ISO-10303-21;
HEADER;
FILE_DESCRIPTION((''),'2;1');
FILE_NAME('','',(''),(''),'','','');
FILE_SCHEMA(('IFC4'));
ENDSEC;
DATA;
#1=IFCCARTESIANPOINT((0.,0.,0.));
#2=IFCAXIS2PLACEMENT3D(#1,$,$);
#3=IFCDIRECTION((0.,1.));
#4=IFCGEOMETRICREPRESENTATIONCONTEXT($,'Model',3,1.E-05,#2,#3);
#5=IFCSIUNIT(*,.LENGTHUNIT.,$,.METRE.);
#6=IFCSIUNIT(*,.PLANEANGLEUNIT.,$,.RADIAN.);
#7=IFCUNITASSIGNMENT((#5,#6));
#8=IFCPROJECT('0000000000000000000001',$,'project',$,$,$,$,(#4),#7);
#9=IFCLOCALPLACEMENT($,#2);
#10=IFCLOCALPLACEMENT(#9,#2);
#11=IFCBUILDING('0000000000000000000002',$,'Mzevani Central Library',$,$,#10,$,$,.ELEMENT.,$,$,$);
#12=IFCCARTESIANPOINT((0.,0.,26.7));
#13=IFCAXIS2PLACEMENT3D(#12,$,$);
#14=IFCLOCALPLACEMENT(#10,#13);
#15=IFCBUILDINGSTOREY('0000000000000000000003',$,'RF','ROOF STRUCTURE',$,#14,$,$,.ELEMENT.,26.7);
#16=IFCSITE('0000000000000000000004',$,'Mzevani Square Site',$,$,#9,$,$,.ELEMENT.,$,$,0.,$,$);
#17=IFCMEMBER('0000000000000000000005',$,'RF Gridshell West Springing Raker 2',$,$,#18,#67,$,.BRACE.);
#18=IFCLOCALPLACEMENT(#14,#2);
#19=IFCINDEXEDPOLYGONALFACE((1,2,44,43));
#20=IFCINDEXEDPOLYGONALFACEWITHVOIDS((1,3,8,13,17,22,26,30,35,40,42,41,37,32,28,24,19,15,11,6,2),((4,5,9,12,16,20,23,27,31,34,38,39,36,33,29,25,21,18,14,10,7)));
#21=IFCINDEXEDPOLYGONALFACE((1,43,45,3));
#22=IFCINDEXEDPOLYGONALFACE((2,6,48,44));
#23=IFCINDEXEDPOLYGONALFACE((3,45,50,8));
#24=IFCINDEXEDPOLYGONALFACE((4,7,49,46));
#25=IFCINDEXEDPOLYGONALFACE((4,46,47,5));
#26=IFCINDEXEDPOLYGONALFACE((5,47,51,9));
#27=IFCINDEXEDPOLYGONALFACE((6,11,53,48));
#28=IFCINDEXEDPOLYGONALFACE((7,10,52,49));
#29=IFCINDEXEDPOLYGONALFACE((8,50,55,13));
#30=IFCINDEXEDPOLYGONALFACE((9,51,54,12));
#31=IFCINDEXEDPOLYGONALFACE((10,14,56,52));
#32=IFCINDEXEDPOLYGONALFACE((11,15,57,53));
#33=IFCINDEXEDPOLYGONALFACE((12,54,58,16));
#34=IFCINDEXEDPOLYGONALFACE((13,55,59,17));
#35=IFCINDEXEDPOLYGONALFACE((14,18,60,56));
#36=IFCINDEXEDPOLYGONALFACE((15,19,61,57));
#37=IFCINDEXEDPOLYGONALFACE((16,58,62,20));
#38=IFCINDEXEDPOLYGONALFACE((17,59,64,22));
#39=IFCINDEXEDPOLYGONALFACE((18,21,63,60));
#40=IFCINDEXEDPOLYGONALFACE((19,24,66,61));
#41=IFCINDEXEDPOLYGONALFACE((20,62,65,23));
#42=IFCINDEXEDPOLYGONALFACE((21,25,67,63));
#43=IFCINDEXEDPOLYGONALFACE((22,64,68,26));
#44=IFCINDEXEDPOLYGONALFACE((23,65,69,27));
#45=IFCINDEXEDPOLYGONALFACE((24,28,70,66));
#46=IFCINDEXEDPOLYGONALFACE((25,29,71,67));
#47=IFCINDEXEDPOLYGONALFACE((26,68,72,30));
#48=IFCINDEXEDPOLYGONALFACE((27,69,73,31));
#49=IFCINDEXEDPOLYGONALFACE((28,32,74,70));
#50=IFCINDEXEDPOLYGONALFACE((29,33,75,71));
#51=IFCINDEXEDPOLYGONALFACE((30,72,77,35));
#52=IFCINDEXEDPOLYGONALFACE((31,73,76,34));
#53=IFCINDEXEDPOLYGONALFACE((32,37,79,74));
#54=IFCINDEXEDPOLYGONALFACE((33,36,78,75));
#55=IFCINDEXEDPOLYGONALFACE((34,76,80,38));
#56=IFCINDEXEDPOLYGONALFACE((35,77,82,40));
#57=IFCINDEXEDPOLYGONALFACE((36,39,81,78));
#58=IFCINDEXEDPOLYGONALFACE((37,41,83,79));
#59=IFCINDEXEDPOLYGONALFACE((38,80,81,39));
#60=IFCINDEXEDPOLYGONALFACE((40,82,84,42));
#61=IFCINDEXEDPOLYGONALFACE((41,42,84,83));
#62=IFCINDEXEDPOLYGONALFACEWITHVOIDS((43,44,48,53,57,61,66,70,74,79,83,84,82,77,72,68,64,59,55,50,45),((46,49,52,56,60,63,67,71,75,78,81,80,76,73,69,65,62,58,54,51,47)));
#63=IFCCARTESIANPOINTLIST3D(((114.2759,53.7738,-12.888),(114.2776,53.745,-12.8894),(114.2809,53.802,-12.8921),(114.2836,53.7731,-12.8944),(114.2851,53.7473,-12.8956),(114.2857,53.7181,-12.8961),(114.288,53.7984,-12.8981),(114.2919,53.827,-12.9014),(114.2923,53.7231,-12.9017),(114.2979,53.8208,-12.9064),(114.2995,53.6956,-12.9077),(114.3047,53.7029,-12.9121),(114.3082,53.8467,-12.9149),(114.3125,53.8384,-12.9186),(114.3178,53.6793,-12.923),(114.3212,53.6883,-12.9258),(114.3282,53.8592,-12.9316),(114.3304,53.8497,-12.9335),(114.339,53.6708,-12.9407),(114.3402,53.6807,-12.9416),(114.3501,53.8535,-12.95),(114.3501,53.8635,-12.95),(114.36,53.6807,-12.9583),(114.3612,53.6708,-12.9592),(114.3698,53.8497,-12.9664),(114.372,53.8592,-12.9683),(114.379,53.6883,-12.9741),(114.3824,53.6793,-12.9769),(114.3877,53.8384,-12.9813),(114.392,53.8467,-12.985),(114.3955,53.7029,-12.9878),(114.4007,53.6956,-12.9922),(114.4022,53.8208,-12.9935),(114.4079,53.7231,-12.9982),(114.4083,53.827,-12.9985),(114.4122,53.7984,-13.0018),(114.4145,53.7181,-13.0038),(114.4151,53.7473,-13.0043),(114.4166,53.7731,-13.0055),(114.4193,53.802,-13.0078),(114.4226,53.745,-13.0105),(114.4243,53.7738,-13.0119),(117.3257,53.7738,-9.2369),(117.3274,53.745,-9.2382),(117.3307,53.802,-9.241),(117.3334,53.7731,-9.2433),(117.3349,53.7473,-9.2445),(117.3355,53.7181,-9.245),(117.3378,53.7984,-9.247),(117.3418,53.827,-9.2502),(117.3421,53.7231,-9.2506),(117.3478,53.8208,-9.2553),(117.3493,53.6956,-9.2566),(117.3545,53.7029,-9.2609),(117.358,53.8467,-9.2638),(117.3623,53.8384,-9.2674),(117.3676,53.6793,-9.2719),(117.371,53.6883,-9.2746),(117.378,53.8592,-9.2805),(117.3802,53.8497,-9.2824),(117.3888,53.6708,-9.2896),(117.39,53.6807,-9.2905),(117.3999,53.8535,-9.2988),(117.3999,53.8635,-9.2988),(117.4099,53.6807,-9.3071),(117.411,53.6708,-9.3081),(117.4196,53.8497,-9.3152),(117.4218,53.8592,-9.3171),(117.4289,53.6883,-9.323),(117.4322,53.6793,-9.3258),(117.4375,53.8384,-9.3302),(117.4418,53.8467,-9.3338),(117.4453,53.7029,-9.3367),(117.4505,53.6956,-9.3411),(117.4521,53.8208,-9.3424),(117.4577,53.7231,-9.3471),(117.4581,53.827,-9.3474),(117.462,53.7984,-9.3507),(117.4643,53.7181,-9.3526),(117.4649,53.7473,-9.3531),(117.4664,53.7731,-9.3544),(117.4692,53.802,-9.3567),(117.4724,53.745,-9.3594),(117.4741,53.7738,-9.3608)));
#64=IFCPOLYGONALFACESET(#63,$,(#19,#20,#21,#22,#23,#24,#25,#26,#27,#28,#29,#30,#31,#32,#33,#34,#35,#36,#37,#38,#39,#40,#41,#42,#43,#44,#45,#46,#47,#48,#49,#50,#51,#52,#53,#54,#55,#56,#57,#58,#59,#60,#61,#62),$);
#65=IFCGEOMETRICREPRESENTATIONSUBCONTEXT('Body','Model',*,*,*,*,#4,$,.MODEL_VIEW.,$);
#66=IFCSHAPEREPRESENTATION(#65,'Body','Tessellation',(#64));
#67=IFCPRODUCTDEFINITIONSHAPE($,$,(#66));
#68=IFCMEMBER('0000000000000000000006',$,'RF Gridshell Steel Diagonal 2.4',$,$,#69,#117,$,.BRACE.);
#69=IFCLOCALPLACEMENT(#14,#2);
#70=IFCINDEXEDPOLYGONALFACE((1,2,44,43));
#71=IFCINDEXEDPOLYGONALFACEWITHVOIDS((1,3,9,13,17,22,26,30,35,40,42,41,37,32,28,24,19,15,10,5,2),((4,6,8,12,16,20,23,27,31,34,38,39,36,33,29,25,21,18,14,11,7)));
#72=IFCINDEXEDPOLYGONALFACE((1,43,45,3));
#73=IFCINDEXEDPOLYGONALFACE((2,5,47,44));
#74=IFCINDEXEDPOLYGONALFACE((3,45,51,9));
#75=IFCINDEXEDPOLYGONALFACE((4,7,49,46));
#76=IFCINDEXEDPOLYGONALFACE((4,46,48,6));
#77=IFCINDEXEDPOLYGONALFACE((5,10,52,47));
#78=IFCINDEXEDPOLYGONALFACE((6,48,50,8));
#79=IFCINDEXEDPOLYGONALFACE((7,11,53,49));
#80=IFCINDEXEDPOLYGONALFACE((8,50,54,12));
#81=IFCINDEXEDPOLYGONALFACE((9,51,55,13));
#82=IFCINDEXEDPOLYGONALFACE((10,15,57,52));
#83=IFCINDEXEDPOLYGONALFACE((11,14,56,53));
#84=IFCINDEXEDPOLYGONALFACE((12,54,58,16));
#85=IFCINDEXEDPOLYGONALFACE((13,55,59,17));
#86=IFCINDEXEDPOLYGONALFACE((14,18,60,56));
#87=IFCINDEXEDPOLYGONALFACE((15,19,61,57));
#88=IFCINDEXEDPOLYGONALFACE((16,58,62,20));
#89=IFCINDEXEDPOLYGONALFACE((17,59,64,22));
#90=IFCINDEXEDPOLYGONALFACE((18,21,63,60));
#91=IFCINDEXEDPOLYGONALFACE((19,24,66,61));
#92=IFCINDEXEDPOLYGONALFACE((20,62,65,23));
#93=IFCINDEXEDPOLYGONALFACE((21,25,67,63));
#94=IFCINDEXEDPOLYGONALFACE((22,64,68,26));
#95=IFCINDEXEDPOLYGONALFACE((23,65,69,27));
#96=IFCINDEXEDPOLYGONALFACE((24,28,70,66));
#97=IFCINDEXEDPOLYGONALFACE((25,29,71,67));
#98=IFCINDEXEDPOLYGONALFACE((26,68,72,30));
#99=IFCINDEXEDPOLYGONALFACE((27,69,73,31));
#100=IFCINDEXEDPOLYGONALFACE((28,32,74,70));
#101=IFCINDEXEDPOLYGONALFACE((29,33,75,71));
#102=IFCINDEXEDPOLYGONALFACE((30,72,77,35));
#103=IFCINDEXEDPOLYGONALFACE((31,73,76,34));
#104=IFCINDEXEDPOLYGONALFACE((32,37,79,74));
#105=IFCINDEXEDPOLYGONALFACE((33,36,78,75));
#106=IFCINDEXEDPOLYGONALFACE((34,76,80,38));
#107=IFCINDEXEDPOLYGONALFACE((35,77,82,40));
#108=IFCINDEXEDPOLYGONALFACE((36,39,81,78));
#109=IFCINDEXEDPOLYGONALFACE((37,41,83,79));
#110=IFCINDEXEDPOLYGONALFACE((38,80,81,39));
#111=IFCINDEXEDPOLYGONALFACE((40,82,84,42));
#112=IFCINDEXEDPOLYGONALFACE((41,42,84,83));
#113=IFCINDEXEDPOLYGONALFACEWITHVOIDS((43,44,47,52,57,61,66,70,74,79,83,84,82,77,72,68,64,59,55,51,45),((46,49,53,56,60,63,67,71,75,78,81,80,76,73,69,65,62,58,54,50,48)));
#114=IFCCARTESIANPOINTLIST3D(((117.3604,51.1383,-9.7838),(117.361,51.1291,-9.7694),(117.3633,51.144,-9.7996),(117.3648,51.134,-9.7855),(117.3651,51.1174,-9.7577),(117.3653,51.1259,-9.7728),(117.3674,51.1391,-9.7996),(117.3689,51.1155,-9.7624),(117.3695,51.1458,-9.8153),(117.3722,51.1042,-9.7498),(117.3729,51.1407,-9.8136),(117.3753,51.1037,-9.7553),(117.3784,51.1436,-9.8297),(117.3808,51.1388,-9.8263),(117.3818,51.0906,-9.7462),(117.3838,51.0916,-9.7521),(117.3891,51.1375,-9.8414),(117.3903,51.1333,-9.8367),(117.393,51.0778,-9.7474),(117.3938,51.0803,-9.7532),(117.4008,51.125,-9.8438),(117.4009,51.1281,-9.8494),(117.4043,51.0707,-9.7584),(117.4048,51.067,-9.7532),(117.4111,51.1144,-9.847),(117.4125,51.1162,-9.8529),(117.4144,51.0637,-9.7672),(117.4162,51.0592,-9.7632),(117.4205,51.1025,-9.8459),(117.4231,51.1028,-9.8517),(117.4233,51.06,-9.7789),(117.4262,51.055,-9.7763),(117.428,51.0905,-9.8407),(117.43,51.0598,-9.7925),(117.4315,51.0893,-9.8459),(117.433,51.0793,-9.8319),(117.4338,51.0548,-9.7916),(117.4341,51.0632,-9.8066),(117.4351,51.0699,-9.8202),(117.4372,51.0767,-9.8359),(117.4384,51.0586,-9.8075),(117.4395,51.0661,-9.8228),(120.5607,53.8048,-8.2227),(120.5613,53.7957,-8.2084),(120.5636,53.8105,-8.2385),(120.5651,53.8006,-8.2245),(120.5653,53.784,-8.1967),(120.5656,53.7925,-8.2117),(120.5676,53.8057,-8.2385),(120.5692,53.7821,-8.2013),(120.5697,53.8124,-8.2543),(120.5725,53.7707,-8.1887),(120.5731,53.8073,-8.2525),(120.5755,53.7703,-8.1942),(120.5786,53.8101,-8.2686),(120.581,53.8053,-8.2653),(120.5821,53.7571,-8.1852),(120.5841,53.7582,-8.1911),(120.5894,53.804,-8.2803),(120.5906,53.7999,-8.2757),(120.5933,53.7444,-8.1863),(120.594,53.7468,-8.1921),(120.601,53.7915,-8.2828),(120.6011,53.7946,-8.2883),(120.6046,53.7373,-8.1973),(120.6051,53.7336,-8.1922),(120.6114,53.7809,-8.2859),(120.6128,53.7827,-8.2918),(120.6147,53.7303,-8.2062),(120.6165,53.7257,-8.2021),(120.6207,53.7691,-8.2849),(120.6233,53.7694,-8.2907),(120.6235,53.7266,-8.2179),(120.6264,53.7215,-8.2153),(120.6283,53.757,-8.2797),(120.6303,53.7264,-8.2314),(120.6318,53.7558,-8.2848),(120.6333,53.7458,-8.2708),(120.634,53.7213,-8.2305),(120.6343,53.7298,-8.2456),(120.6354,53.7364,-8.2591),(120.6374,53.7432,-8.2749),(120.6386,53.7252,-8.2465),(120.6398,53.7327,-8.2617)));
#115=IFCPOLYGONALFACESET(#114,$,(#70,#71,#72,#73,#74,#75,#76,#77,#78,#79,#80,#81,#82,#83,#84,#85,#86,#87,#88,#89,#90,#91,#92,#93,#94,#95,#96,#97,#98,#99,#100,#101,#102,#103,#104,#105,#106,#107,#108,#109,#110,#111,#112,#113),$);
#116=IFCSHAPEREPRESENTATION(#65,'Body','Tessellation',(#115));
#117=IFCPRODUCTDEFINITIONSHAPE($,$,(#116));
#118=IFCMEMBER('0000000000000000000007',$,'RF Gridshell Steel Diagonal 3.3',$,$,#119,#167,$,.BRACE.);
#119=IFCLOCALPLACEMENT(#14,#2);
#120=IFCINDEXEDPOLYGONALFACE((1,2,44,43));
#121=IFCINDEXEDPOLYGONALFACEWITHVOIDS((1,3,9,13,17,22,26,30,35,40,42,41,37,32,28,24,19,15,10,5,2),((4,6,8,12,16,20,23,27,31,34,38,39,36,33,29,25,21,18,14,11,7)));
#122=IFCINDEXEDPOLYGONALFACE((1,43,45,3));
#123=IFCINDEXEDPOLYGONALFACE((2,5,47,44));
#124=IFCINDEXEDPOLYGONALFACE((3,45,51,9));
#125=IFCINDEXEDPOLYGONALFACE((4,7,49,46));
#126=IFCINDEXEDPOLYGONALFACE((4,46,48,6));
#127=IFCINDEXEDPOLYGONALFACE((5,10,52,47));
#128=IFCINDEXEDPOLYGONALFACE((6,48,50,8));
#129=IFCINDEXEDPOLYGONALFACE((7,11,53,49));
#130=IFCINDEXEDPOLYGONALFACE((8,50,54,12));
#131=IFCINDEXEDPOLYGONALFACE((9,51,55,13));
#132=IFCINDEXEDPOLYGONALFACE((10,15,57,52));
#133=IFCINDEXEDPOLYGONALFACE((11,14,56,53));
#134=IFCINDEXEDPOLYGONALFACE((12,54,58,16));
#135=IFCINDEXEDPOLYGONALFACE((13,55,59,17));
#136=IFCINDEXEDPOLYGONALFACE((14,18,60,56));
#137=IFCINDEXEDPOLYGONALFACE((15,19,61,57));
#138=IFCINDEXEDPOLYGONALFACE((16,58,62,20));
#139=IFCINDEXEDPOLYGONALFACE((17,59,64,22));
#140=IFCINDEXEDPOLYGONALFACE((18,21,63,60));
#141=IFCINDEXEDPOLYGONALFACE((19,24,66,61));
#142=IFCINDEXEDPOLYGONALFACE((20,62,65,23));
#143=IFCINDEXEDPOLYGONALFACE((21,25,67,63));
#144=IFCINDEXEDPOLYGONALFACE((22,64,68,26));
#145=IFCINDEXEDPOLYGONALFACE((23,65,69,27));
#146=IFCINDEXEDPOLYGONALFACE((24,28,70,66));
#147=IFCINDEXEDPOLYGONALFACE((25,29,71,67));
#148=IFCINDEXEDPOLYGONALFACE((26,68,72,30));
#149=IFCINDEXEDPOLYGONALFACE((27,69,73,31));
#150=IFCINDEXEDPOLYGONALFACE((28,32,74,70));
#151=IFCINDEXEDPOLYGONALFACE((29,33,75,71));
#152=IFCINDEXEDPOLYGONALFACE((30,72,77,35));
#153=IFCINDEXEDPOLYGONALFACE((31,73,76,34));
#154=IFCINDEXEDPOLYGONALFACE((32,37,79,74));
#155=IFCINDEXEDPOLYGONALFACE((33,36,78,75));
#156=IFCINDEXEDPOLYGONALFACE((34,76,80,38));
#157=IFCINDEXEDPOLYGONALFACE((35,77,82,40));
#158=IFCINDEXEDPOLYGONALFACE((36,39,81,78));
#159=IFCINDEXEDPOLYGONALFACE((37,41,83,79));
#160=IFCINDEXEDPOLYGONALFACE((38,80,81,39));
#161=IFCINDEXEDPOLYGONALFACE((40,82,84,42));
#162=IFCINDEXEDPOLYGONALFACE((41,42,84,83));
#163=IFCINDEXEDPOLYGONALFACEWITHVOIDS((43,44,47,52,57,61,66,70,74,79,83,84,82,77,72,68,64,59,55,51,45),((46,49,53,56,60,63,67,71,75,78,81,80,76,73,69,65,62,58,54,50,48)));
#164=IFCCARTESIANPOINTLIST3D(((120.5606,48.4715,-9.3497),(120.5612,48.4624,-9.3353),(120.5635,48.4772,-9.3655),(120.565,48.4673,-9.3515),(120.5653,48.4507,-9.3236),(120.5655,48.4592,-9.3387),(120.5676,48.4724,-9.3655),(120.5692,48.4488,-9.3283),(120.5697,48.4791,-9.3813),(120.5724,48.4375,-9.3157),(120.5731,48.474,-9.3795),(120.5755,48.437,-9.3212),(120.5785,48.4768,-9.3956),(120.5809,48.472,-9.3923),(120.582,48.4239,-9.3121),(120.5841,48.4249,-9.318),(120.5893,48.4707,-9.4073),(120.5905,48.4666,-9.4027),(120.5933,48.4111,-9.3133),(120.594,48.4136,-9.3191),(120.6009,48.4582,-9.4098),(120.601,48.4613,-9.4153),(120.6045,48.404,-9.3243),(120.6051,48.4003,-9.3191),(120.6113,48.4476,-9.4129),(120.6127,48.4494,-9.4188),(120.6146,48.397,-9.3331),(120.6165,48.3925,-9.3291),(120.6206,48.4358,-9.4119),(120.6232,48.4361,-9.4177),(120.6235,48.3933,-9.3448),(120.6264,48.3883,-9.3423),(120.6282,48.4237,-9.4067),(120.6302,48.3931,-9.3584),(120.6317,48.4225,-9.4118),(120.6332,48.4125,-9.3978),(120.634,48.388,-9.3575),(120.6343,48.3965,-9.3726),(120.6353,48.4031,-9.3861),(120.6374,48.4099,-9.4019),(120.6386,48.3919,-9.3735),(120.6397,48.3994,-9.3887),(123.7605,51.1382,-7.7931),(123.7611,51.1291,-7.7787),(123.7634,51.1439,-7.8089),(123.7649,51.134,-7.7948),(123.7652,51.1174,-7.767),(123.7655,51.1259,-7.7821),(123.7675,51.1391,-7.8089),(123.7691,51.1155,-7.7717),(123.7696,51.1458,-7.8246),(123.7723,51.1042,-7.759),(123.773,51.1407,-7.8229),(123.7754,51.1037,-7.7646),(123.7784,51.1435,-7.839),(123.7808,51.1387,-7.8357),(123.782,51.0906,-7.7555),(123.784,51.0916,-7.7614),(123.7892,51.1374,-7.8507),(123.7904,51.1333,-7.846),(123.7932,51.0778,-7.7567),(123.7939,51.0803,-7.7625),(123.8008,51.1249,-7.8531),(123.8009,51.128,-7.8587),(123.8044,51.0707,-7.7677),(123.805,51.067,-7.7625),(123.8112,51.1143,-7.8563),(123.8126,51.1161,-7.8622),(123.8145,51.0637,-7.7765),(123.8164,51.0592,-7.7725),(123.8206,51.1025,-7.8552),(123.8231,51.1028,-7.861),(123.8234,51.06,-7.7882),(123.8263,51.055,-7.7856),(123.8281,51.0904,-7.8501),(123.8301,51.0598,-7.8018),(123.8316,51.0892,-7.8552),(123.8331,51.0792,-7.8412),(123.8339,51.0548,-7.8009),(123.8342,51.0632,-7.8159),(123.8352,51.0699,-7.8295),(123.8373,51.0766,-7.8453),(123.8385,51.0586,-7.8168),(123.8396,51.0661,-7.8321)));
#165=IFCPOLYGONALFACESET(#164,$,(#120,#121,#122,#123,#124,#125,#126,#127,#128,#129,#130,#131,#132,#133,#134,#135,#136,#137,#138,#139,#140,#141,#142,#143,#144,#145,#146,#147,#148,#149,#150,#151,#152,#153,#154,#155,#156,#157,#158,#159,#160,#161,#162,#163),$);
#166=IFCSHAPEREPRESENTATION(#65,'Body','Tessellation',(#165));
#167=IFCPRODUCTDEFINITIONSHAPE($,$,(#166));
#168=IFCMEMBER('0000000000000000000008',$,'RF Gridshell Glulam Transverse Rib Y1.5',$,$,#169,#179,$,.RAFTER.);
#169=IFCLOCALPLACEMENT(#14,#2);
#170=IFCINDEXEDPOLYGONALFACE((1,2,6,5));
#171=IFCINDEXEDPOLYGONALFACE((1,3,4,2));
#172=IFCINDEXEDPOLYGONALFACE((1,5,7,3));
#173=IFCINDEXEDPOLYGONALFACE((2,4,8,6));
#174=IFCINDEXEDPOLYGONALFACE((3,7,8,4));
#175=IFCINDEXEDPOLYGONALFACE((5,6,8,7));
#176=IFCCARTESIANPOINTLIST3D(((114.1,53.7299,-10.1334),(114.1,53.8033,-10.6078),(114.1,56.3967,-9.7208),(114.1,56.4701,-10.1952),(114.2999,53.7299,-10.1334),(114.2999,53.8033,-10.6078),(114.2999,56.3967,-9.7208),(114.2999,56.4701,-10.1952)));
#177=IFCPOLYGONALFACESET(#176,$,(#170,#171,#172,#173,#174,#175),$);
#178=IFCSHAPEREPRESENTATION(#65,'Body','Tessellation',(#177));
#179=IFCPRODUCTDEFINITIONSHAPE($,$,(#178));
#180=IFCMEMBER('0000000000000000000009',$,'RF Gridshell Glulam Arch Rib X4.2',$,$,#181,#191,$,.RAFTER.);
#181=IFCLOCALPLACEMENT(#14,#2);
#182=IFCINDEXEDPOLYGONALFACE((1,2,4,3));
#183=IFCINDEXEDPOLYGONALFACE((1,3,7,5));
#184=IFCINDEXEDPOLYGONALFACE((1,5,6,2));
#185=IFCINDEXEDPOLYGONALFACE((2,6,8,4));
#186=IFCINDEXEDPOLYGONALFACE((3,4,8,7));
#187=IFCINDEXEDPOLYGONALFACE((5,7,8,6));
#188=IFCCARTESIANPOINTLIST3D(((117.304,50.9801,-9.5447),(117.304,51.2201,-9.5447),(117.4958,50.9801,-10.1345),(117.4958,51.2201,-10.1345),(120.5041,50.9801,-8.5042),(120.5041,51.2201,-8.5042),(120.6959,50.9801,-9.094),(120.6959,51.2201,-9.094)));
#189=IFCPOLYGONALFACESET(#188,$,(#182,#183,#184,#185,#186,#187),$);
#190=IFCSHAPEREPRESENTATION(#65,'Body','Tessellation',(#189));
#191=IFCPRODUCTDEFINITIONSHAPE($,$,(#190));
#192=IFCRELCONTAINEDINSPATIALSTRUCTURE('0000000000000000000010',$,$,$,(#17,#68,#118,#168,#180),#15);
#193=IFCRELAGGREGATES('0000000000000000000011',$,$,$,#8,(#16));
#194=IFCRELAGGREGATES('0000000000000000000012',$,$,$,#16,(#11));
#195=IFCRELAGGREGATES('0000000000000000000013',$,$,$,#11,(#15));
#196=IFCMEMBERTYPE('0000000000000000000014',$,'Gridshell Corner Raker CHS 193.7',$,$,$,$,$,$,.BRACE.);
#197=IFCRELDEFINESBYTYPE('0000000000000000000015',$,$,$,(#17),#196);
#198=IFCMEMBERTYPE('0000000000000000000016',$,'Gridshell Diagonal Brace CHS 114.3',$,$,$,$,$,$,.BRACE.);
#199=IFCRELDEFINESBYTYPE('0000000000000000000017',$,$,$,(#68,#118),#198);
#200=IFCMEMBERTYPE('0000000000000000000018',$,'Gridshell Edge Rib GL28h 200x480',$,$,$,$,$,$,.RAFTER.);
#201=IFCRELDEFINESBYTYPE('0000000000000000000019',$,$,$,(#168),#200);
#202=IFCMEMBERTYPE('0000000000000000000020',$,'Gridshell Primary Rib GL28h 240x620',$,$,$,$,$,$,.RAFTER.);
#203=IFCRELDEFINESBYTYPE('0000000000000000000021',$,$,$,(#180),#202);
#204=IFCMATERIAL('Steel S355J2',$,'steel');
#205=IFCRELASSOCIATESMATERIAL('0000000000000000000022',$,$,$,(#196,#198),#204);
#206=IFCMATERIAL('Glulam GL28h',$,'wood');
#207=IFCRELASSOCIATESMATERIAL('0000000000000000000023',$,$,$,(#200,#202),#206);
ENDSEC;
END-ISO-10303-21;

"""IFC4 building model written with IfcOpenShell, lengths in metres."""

from ifc_helpers import new_model, si_unit, direction, frame, origin, origin_2d, place, context, subcontext, project, spatial, rectangle, hollow_circle, extrude, material, material_profile, profile_set, type_object, element, save


model = new_model("IFC4")

# Units and contexts
model_context = context("Model", 3, precision=1e-05, world=origin(), true_north=direction((0.0, 1.0)))
body_context = subcontext(model_context, "Body", "Model", "MODEL_VIEW")
ifc_project = project(units=[si_unit("LENGTHUNIT", "METRE"), si_unit("PLANEANGLEUNIT", "RADIAN")], contexts=[model_context])

# Site, building, storey
site_placement = place(None, origin())
site = spatial("IfcSite", under=ifc_project, at=site_placement, Name="Mzevani Square Site", CompositionType="ELEMENT", RefElevation=0.0)
building_placement = place(site_placement, origin())
building = spatial("IfcBuilding", under=site, at=building_placement, Name="Mzevani Central Library", CompositionType="ELEMENT")
storey_placement = place(building_placement, frame((0.0, 0.0, 26.7)))
storey = spatial("IfcBuildingStorey", under=building, at=storey_placement, Name="RF", Description="ROOF STRUCTURE", CompositionType="ELEMENT", Elevation=26.7)

# Members
ifc_material_1 = material(Name="Steel S355J2", Category="steel")
ifc_material_profile_1 = material_profile(ifc_material_1, hollow_circle(Radius=0.0969, WallThickness=0.01, at=origin_2d()), Name="CHS 193.7x10.0")
ifc_profile_set_1 = profile_set([ifc_material_profile_1], Name="Steel S355J2")
member_type_1 = type_object("IfcMemberType", Name="Gridshell Corner Raker CHS 193.7", PredefinedType="BRACE", material=ifc_profile_set_1)
member_1_placement = place(storey_placement, frame((114.3501, 53.7666, -12.95), z_axis=(0.641077, 0.0, 0.767476), x_axis=(0.0, 1.0, 0.0)))
element("IfcMember", 1, at=member_1_placement, inside=storey, type_object=member_type_1, Name="RF Gridshell West Springing Raker 2", PredefinedType="BRACE", context=body_context, shape_type="SweptSolid", body=[
    extrude(hollow_circle(Radius=0.0969, WallThickness=0.01, at=origin_2d()), origin(), (0.0, 0.0, 1.0), 4.7573),
])
ifc_material_profile_2 = material_profile(ifc_material_1, hollow_circle(Radius=0.0571, WallThickness=0.0063, at=origin_2d()), Name="CHS 114.3x6.3")
ifc_profile_set_2 = profile_set([ifc_material_profile_2], Name="Steel S355J2")
member_type_2 = type_object("IfcMemberType", Name="Gridshell Diagonal Brace CHS 114.3", PredefinedType="BRACE", material=ifc_profile_set_2)
member_2_placement = place(storey_placement, frame((117.3999, 51.1001, -9.7996), z_axis=(0.719403, 0.599429, 0.35092), x_axis=(-0.640138, 0.76826, 0.0)))
element("IfcMember", 2, at=member_2_placement, inside=storey, type_object=member_type_2, Name="RF Gridshell Steel Diagonal 2.4", PredefinedType="BRACE", context=body_context, shape_type="SweptSolid", body=[
    extrude(hollow_circle(Radius=0.0571, WallThickness=0.0063, at=origin_2d()), origin(), (0.0, 0.0, 1.0), 4.4485),
])
member_3_placement = place(storey_placement, frame((120.6001, 48.4333, -9.3655), z_axis=(0.719602, 0.599695, 0.350056), x_axis=(-0.640202, 0.768207, 0.0)))
element("IfcMember", 3, at=member_3_placement, inside=storey, type_object=member_type_2, Name="RF Gridshell Steel Diagonal 3.3", PredefinedType="BRACE", context=body_context, shape_type="SweptSolid", body=[
    extrude(hollow_circle(Radius=0.0571, WallThickness=0.0063, at=origin_2d()), origin(), (0.0, 0.0, 1.0), 4.4468),
])
ifc_material_2 = material(Name="Glulam GL28h", Category="wood")
ifc_material_profile_3 = material_profile(ifc_material_2, rectangle(XDim=0.2, YDim=0.48, at=origin_2d()), Name="GL28h 200x480")
ifc_profile_set_3 = profile_set([ifc_material_profile_3], Name="Glulam GL28h")
member_type_3 = type_object("IfcMemberType", Name="Gridshell Edge Rib GL28h 200x480", PredefinedType="RAFTER", material=ifc_profile_set_3)
member_4_placement = place(storey_placement, frame((114.2, 53.7666, -10.3706), z_axis=(0.0, 0.988242, 0.1529), x_axis=(-1.0, 0.0, 0.0)))
element("IfcMember", 4, at=member_4_placement, inside=storey, type_object=member_type_3, Name="RF Gridshell Glulam Transverse Rib Y1.5", PredefinedType="RAFTER", context=body_context, shape_type="SweptSolid", body=[
    extrude(rectangle(XDim=0.2, YDim=0.48, at=origin_2d()), origin(), (0.0, 0.0, 1.0), 2.6985),
])
ifc_material_profile_4 = material_profile(ifc_material_2, rectangle(XDim=0.24, YDim=0.6201, at=origin_2d()), Name="GL28h 240x620")
ifc_profile_set_4 = profile_set([ifc_material_profile_4], Name="Glulam GL28h")
member_type_4 = type_object("IfcMemberType", Name="Gridshell Primary Rib GL28h 240x620", PredefinedType="RAFTER", material=ifc_profile_set_4)
member_5_placement = place(storey_placement, frame((117.3999, 51.1001, -9.8396), z_axis=(0.950994, 0.0, 0.309211), x_axis=(0.0, 1.0, 0.0)))
element("IfcMember", 5, at=member_5_placement, inside=storey, type_object=member_type_4, Name="RF Gridshell Glulam Arch Rib X4.2", PredefinedType="RAFTER", context=body_context, shape_type="SweptSolid", body=[
    extrude(rectangle(XDim=0.24, YDim=0.6201, at=origin_2d()), origin(), (0.0, 0.0, 1.0), 3.365),
])

save(model, "model.ifc")
